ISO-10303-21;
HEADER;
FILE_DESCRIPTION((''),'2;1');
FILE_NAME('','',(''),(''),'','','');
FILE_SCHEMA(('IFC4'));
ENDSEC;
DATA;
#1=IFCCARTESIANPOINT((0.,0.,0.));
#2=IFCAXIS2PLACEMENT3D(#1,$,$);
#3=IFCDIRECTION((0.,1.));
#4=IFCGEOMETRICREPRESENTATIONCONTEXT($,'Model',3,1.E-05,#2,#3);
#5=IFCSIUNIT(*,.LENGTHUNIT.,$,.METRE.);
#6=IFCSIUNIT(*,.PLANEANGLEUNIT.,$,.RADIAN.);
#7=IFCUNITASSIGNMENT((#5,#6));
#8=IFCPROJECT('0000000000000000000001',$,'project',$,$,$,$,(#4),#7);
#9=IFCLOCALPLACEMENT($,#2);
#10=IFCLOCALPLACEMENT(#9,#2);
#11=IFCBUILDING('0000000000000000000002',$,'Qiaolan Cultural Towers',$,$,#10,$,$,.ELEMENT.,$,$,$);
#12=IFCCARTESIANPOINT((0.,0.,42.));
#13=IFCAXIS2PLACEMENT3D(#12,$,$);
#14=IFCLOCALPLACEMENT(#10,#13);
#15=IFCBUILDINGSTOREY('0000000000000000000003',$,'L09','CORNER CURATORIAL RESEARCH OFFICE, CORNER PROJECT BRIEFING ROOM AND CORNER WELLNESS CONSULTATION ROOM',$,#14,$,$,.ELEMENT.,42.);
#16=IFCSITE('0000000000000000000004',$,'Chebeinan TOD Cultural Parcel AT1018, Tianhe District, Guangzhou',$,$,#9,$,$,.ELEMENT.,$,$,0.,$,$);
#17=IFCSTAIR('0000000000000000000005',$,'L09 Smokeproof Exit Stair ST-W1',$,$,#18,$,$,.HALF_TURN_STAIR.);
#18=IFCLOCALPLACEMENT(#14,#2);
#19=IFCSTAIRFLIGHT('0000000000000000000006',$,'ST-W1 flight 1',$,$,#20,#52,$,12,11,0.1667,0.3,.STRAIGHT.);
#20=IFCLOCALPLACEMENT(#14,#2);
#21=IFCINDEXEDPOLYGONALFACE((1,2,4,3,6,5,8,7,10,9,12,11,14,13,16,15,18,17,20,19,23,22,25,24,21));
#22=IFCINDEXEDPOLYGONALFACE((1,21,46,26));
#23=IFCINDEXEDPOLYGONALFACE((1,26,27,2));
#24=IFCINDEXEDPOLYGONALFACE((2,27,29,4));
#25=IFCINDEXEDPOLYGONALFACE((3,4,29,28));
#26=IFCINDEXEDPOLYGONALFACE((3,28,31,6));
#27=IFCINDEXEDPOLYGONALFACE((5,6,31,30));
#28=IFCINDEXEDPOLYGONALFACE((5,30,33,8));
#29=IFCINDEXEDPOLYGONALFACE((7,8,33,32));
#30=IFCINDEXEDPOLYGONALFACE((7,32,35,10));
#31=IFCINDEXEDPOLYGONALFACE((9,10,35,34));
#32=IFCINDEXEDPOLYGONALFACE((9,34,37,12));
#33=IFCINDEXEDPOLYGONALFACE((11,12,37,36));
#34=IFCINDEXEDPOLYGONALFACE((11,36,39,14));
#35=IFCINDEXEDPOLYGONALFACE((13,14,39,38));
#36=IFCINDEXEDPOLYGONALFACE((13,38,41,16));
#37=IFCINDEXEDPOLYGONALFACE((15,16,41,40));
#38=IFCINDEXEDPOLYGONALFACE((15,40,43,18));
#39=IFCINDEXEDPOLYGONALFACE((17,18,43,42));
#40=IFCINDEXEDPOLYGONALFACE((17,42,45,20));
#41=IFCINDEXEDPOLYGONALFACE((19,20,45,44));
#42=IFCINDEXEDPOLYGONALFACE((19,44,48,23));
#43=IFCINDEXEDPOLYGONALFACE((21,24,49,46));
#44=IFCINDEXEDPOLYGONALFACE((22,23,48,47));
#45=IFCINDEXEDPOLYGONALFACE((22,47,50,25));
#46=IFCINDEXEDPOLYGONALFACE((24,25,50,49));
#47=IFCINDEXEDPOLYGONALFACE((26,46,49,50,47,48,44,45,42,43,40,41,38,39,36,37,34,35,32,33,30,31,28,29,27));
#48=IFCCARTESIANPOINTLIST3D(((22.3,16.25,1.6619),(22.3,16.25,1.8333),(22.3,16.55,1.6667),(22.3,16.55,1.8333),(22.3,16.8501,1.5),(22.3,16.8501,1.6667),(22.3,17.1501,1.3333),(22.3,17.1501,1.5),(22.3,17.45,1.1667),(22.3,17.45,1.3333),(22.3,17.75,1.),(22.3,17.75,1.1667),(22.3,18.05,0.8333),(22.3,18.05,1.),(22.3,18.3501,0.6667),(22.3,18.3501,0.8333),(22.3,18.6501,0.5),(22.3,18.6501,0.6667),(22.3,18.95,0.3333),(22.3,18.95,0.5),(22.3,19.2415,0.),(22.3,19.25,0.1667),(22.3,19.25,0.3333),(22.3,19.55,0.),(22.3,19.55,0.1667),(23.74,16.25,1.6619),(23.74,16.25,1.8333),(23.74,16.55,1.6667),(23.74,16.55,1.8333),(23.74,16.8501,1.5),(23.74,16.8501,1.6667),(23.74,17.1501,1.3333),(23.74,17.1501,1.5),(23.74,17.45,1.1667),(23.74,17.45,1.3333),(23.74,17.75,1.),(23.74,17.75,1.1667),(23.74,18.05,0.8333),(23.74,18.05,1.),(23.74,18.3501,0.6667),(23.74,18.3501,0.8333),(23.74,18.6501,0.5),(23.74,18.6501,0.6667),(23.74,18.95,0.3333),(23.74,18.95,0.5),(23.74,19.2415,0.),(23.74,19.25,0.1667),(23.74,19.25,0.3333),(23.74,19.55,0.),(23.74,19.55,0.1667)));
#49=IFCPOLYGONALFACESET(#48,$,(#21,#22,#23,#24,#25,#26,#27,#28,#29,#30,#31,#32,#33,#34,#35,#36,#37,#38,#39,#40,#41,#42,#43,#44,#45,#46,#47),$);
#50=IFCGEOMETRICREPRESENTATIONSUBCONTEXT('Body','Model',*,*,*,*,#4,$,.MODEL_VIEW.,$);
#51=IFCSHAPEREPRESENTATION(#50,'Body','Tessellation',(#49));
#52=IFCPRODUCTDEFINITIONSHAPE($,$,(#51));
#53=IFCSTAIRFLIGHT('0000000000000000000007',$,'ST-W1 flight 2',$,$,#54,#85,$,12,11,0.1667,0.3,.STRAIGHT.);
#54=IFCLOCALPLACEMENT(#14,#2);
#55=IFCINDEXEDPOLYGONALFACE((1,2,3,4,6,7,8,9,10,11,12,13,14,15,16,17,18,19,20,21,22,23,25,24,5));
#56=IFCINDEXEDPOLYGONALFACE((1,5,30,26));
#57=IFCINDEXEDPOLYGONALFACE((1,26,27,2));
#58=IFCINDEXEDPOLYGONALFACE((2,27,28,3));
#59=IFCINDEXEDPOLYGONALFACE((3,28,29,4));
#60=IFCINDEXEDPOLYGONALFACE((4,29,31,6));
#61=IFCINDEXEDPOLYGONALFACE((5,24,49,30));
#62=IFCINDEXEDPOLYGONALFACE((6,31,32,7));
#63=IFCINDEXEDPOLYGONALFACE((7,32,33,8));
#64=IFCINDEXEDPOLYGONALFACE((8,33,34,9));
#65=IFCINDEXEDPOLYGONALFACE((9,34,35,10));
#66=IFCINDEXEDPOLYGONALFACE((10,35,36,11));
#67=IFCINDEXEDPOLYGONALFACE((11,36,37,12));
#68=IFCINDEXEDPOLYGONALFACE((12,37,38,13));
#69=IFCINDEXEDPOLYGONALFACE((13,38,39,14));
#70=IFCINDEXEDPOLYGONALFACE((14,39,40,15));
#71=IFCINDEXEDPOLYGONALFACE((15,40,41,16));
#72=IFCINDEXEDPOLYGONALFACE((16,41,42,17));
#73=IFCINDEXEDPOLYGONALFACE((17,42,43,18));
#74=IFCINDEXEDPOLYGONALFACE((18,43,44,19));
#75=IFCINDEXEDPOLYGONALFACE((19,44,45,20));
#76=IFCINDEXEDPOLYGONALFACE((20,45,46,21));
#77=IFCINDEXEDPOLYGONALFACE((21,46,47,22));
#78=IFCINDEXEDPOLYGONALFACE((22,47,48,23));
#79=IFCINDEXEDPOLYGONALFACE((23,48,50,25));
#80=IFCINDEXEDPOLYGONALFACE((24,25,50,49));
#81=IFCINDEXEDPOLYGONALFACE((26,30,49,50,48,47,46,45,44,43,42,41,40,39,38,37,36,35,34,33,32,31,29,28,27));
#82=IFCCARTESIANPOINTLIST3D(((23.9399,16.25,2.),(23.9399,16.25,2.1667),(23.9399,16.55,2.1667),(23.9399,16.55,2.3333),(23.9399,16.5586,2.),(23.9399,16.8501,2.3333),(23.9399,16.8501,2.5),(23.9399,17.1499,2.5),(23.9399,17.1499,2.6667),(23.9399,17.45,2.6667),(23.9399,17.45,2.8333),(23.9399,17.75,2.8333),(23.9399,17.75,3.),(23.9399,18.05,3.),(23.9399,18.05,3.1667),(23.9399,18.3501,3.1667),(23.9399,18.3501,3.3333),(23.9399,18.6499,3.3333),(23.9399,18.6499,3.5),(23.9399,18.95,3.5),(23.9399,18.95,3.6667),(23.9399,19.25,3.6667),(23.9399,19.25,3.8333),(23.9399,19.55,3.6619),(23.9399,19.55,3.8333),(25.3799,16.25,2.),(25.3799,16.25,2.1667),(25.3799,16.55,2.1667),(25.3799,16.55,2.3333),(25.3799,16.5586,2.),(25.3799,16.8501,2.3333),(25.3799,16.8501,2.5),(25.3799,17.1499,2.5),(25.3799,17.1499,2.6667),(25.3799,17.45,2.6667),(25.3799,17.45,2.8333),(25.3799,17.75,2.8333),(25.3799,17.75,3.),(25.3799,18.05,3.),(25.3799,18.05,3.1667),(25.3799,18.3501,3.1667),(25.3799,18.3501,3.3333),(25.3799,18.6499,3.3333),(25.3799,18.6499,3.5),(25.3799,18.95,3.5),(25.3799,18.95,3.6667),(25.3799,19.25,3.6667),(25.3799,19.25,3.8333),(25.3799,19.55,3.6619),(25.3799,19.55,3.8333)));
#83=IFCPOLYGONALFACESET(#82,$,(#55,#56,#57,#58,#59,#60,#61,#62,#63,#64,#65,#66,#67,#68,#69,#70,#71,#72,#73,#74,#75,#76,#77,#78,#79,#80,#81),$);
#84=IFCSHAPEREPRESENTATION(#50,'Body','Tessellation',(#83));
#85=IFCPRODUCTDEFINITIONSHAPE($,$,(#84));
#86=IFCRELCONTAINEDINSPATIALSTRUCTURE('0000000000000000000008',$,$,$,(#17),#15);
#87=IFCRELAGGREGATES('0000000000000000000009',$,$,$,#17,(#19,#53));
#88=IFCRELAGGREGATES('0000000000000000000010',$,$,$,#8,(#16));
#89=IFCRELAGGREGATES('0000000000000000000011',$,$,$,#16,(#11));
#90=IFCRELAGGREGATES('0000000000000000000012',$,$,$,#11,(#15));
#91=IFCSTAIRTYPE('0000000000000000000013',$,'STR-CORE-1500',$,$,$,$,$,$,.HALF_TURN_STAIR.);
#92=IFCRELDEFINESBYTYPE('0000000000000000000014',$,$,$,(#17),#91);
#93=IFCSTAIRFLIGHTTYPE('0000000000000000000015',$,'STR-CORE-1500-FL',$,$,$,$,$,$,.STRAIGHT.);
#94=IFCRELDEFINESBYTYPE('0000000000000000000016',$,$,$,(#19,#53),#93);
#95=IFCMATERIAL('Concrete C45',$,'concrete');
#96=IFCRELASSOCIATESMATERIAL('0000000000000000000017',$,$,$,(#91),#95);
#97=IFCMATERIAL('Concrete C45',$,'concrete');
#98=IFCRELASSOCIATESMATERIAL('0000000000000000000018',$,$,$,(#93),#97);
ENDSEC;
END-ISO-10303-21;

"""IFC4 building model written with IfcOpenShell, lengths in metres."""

from ifc_helpers import new_model, si_unit, direction, frame, origin, place, context, subcontext, project, spatial, polyline, outline, extrude, material, type_object, element, aggregate, save


model = new_model("IFC4")

# Units and contexts
model_context = context("Model", 3, precision=1e-05, world=origin(), true_north=direction((0.0, 1.0)))
body_context = subcontext(model_context, "Body", "Model", "MODEL_VIEW")
ifc_project = project(units=[si_unit("LENGTHUNIT", "METRE"), si_unit("PLANEANGLEUNIT", "RADIAN")], contexts=[model_context])

# Site, building, storey
site_placement = place(None, origin())
site = spatial("IfcSite", under=ifc_project, at=site_placement, Name="Chebeinan TOD Cultural Parcel AT1018, Tianhe District, Guangzhou", CompositionType="ELEMENT", RefElevation=0.0)
building_placement = place(site_placement, origin())
building = spatial("IfcBuilding", under=site, at=building_placement, Name="Qiaolan Cultural Towers", CompositionType="ELEMENT")
storey_placement = place(building_placement, frame((0.0, 0.0, 42.0)))
storey = spatial("IfcBuildingStorey", under=building, at=storey_placement, Name="L09", Description="CORNER CURATORIAL RESEARCH OFFICE, CORNER PROJECT BRIEFING ROOM AND CORNER WELLNESS CONSULTATION ROOM", CompositionType="ELEMENT", Elevation=42.0)

# Stair, stair flights
ifc_material_1 = material(Name="Concrete C45", Category="concrete")
stair_type = type_object("IfcStairType", Name="STR-CORE-1500", PredefinedType="HALF_TURN_STAIR", material=ifc_material_1)
stair_placement = place(storey_placement, origin())
stair = element("IfcStair", 1, at=stair_placement, inside=storey, type_object=stair_type, Name="L09 Smokeproof Exit Stair ST-W1", PredefinedType="HALF_TURN_STAIR")
ifc_material_2 = material(Name="Concrete C45", Category="concrete")
stair_flight_type = type_object("IfcStairFlightType", Name="STR-CORE-1500-FL", PredefinedType="STRAIGHT", material=ifc_material_2)
stair_flight_1_placement = place(storey_placement, frame((23.02, 19.55, 0.0), z_axis=(0.0, 0.0, 1.0), x_axis=(0.0, -1.0, 0.0)))
stair_flight_1 = element("IfcStairFlight", 2, at=stair_flight_1_placement, type_object=stair_flight_type, Name="ST-W1 flight 1", NumberOfRisers=12, NumberOfTreads=11, PredefinedType="STRAIGHT", RiserHeight=0.1667, TreadLength=0.3, context=body_context, shape_type="SweptSolid", body=[
    extrude(outline(polyline([(0.0, 0.0), (0.0, 0.1667), (0.3, 0.1667), (0.3, 0.3333), (0.6001, 0.3333), (0.6001, 0.5), (0.8999, 0.5), (0.8999, 0.6667), (1.2, 0.6667), (1.2, 0.8333), (1.5, 0.8333), (1.5, 1.0), (1.8, 1.0), (1.8, 1.1667), (2.1001, 1.1667), (2.1001, 1.3333), (2.3999, 1.3333), (2.3999, 1.5), (2.7, 1.5), (2.7, 1.6667), (3.0, 1.6667), (3.0, 1.8333), (3.3, 1.8333), (3.3, 2.0), (3.3, 1.6619), (0.3086, 0.0), (0.0, 0.0)])), frame((0.0, 0.72, 0.0), z_axis=(0.0, -1.0, 0.0), x_axis=(1.0, 0.0, 0.0)), (0.0, 0.0, 1.0), 1.4399),
])
stair_flight_2_placement = place(storey_placement, frame((24.6599, 16.25, 2.0), z_axis=(0.0, 0.0, 1.0), x_axis=(0.0, 1.0, 0.0)))
stair_flight_2 = element("IfcStairFlight", 3, at=stair_flight_2_placement, type_object=stair_flight_type, Name="ST-W1 flight 2", NumberOfRisers=12, NumberOfTreads=11, PredefinedType="STRAIGHT", RiserHeight=0.1667, TreadLength=0.3, context=body_context, shape_type="SweptSolid", body=[
    extrude(outline(polyline([(0.0, 0.0), (0.0, 0.1667), (0.3, 0.1667), (0.3, 0.3333), (0.6001, 0.3333), (0.6001, 0.5), (0.8999, 0.5), (0.8999, 0.6667), (1.2, 0.6667), (1.2, 0.8333), (1.5, 0.8333), (1.5, 1.0), (1.8, 1.0), (1.8, 1.1667), (2.1001, 1.1667), (2.1001, 1.3333), (2.3999, 1.3333), (2.3999, 1.5), (2.7, 1.5), (2.7, 1.6667), (3.0, 1.6667), (3.0, 1.8333), (3.3, 1.8333), (3.3, 2.0), (3.3, 1.6619), (0.3086, 0.0), (0.0, 0.0)])), frame((0.0, 0.72, 0.0), z_axis=(0.0, -1.0, 0.0), x_axis=(1.0, 0.0, 0.0)), (0.0, 0.0, 1.0), 1.4399),
])
aggregate(stair, [stair_flight_1, stair_flight_2])

save(model, "model.ifc")
